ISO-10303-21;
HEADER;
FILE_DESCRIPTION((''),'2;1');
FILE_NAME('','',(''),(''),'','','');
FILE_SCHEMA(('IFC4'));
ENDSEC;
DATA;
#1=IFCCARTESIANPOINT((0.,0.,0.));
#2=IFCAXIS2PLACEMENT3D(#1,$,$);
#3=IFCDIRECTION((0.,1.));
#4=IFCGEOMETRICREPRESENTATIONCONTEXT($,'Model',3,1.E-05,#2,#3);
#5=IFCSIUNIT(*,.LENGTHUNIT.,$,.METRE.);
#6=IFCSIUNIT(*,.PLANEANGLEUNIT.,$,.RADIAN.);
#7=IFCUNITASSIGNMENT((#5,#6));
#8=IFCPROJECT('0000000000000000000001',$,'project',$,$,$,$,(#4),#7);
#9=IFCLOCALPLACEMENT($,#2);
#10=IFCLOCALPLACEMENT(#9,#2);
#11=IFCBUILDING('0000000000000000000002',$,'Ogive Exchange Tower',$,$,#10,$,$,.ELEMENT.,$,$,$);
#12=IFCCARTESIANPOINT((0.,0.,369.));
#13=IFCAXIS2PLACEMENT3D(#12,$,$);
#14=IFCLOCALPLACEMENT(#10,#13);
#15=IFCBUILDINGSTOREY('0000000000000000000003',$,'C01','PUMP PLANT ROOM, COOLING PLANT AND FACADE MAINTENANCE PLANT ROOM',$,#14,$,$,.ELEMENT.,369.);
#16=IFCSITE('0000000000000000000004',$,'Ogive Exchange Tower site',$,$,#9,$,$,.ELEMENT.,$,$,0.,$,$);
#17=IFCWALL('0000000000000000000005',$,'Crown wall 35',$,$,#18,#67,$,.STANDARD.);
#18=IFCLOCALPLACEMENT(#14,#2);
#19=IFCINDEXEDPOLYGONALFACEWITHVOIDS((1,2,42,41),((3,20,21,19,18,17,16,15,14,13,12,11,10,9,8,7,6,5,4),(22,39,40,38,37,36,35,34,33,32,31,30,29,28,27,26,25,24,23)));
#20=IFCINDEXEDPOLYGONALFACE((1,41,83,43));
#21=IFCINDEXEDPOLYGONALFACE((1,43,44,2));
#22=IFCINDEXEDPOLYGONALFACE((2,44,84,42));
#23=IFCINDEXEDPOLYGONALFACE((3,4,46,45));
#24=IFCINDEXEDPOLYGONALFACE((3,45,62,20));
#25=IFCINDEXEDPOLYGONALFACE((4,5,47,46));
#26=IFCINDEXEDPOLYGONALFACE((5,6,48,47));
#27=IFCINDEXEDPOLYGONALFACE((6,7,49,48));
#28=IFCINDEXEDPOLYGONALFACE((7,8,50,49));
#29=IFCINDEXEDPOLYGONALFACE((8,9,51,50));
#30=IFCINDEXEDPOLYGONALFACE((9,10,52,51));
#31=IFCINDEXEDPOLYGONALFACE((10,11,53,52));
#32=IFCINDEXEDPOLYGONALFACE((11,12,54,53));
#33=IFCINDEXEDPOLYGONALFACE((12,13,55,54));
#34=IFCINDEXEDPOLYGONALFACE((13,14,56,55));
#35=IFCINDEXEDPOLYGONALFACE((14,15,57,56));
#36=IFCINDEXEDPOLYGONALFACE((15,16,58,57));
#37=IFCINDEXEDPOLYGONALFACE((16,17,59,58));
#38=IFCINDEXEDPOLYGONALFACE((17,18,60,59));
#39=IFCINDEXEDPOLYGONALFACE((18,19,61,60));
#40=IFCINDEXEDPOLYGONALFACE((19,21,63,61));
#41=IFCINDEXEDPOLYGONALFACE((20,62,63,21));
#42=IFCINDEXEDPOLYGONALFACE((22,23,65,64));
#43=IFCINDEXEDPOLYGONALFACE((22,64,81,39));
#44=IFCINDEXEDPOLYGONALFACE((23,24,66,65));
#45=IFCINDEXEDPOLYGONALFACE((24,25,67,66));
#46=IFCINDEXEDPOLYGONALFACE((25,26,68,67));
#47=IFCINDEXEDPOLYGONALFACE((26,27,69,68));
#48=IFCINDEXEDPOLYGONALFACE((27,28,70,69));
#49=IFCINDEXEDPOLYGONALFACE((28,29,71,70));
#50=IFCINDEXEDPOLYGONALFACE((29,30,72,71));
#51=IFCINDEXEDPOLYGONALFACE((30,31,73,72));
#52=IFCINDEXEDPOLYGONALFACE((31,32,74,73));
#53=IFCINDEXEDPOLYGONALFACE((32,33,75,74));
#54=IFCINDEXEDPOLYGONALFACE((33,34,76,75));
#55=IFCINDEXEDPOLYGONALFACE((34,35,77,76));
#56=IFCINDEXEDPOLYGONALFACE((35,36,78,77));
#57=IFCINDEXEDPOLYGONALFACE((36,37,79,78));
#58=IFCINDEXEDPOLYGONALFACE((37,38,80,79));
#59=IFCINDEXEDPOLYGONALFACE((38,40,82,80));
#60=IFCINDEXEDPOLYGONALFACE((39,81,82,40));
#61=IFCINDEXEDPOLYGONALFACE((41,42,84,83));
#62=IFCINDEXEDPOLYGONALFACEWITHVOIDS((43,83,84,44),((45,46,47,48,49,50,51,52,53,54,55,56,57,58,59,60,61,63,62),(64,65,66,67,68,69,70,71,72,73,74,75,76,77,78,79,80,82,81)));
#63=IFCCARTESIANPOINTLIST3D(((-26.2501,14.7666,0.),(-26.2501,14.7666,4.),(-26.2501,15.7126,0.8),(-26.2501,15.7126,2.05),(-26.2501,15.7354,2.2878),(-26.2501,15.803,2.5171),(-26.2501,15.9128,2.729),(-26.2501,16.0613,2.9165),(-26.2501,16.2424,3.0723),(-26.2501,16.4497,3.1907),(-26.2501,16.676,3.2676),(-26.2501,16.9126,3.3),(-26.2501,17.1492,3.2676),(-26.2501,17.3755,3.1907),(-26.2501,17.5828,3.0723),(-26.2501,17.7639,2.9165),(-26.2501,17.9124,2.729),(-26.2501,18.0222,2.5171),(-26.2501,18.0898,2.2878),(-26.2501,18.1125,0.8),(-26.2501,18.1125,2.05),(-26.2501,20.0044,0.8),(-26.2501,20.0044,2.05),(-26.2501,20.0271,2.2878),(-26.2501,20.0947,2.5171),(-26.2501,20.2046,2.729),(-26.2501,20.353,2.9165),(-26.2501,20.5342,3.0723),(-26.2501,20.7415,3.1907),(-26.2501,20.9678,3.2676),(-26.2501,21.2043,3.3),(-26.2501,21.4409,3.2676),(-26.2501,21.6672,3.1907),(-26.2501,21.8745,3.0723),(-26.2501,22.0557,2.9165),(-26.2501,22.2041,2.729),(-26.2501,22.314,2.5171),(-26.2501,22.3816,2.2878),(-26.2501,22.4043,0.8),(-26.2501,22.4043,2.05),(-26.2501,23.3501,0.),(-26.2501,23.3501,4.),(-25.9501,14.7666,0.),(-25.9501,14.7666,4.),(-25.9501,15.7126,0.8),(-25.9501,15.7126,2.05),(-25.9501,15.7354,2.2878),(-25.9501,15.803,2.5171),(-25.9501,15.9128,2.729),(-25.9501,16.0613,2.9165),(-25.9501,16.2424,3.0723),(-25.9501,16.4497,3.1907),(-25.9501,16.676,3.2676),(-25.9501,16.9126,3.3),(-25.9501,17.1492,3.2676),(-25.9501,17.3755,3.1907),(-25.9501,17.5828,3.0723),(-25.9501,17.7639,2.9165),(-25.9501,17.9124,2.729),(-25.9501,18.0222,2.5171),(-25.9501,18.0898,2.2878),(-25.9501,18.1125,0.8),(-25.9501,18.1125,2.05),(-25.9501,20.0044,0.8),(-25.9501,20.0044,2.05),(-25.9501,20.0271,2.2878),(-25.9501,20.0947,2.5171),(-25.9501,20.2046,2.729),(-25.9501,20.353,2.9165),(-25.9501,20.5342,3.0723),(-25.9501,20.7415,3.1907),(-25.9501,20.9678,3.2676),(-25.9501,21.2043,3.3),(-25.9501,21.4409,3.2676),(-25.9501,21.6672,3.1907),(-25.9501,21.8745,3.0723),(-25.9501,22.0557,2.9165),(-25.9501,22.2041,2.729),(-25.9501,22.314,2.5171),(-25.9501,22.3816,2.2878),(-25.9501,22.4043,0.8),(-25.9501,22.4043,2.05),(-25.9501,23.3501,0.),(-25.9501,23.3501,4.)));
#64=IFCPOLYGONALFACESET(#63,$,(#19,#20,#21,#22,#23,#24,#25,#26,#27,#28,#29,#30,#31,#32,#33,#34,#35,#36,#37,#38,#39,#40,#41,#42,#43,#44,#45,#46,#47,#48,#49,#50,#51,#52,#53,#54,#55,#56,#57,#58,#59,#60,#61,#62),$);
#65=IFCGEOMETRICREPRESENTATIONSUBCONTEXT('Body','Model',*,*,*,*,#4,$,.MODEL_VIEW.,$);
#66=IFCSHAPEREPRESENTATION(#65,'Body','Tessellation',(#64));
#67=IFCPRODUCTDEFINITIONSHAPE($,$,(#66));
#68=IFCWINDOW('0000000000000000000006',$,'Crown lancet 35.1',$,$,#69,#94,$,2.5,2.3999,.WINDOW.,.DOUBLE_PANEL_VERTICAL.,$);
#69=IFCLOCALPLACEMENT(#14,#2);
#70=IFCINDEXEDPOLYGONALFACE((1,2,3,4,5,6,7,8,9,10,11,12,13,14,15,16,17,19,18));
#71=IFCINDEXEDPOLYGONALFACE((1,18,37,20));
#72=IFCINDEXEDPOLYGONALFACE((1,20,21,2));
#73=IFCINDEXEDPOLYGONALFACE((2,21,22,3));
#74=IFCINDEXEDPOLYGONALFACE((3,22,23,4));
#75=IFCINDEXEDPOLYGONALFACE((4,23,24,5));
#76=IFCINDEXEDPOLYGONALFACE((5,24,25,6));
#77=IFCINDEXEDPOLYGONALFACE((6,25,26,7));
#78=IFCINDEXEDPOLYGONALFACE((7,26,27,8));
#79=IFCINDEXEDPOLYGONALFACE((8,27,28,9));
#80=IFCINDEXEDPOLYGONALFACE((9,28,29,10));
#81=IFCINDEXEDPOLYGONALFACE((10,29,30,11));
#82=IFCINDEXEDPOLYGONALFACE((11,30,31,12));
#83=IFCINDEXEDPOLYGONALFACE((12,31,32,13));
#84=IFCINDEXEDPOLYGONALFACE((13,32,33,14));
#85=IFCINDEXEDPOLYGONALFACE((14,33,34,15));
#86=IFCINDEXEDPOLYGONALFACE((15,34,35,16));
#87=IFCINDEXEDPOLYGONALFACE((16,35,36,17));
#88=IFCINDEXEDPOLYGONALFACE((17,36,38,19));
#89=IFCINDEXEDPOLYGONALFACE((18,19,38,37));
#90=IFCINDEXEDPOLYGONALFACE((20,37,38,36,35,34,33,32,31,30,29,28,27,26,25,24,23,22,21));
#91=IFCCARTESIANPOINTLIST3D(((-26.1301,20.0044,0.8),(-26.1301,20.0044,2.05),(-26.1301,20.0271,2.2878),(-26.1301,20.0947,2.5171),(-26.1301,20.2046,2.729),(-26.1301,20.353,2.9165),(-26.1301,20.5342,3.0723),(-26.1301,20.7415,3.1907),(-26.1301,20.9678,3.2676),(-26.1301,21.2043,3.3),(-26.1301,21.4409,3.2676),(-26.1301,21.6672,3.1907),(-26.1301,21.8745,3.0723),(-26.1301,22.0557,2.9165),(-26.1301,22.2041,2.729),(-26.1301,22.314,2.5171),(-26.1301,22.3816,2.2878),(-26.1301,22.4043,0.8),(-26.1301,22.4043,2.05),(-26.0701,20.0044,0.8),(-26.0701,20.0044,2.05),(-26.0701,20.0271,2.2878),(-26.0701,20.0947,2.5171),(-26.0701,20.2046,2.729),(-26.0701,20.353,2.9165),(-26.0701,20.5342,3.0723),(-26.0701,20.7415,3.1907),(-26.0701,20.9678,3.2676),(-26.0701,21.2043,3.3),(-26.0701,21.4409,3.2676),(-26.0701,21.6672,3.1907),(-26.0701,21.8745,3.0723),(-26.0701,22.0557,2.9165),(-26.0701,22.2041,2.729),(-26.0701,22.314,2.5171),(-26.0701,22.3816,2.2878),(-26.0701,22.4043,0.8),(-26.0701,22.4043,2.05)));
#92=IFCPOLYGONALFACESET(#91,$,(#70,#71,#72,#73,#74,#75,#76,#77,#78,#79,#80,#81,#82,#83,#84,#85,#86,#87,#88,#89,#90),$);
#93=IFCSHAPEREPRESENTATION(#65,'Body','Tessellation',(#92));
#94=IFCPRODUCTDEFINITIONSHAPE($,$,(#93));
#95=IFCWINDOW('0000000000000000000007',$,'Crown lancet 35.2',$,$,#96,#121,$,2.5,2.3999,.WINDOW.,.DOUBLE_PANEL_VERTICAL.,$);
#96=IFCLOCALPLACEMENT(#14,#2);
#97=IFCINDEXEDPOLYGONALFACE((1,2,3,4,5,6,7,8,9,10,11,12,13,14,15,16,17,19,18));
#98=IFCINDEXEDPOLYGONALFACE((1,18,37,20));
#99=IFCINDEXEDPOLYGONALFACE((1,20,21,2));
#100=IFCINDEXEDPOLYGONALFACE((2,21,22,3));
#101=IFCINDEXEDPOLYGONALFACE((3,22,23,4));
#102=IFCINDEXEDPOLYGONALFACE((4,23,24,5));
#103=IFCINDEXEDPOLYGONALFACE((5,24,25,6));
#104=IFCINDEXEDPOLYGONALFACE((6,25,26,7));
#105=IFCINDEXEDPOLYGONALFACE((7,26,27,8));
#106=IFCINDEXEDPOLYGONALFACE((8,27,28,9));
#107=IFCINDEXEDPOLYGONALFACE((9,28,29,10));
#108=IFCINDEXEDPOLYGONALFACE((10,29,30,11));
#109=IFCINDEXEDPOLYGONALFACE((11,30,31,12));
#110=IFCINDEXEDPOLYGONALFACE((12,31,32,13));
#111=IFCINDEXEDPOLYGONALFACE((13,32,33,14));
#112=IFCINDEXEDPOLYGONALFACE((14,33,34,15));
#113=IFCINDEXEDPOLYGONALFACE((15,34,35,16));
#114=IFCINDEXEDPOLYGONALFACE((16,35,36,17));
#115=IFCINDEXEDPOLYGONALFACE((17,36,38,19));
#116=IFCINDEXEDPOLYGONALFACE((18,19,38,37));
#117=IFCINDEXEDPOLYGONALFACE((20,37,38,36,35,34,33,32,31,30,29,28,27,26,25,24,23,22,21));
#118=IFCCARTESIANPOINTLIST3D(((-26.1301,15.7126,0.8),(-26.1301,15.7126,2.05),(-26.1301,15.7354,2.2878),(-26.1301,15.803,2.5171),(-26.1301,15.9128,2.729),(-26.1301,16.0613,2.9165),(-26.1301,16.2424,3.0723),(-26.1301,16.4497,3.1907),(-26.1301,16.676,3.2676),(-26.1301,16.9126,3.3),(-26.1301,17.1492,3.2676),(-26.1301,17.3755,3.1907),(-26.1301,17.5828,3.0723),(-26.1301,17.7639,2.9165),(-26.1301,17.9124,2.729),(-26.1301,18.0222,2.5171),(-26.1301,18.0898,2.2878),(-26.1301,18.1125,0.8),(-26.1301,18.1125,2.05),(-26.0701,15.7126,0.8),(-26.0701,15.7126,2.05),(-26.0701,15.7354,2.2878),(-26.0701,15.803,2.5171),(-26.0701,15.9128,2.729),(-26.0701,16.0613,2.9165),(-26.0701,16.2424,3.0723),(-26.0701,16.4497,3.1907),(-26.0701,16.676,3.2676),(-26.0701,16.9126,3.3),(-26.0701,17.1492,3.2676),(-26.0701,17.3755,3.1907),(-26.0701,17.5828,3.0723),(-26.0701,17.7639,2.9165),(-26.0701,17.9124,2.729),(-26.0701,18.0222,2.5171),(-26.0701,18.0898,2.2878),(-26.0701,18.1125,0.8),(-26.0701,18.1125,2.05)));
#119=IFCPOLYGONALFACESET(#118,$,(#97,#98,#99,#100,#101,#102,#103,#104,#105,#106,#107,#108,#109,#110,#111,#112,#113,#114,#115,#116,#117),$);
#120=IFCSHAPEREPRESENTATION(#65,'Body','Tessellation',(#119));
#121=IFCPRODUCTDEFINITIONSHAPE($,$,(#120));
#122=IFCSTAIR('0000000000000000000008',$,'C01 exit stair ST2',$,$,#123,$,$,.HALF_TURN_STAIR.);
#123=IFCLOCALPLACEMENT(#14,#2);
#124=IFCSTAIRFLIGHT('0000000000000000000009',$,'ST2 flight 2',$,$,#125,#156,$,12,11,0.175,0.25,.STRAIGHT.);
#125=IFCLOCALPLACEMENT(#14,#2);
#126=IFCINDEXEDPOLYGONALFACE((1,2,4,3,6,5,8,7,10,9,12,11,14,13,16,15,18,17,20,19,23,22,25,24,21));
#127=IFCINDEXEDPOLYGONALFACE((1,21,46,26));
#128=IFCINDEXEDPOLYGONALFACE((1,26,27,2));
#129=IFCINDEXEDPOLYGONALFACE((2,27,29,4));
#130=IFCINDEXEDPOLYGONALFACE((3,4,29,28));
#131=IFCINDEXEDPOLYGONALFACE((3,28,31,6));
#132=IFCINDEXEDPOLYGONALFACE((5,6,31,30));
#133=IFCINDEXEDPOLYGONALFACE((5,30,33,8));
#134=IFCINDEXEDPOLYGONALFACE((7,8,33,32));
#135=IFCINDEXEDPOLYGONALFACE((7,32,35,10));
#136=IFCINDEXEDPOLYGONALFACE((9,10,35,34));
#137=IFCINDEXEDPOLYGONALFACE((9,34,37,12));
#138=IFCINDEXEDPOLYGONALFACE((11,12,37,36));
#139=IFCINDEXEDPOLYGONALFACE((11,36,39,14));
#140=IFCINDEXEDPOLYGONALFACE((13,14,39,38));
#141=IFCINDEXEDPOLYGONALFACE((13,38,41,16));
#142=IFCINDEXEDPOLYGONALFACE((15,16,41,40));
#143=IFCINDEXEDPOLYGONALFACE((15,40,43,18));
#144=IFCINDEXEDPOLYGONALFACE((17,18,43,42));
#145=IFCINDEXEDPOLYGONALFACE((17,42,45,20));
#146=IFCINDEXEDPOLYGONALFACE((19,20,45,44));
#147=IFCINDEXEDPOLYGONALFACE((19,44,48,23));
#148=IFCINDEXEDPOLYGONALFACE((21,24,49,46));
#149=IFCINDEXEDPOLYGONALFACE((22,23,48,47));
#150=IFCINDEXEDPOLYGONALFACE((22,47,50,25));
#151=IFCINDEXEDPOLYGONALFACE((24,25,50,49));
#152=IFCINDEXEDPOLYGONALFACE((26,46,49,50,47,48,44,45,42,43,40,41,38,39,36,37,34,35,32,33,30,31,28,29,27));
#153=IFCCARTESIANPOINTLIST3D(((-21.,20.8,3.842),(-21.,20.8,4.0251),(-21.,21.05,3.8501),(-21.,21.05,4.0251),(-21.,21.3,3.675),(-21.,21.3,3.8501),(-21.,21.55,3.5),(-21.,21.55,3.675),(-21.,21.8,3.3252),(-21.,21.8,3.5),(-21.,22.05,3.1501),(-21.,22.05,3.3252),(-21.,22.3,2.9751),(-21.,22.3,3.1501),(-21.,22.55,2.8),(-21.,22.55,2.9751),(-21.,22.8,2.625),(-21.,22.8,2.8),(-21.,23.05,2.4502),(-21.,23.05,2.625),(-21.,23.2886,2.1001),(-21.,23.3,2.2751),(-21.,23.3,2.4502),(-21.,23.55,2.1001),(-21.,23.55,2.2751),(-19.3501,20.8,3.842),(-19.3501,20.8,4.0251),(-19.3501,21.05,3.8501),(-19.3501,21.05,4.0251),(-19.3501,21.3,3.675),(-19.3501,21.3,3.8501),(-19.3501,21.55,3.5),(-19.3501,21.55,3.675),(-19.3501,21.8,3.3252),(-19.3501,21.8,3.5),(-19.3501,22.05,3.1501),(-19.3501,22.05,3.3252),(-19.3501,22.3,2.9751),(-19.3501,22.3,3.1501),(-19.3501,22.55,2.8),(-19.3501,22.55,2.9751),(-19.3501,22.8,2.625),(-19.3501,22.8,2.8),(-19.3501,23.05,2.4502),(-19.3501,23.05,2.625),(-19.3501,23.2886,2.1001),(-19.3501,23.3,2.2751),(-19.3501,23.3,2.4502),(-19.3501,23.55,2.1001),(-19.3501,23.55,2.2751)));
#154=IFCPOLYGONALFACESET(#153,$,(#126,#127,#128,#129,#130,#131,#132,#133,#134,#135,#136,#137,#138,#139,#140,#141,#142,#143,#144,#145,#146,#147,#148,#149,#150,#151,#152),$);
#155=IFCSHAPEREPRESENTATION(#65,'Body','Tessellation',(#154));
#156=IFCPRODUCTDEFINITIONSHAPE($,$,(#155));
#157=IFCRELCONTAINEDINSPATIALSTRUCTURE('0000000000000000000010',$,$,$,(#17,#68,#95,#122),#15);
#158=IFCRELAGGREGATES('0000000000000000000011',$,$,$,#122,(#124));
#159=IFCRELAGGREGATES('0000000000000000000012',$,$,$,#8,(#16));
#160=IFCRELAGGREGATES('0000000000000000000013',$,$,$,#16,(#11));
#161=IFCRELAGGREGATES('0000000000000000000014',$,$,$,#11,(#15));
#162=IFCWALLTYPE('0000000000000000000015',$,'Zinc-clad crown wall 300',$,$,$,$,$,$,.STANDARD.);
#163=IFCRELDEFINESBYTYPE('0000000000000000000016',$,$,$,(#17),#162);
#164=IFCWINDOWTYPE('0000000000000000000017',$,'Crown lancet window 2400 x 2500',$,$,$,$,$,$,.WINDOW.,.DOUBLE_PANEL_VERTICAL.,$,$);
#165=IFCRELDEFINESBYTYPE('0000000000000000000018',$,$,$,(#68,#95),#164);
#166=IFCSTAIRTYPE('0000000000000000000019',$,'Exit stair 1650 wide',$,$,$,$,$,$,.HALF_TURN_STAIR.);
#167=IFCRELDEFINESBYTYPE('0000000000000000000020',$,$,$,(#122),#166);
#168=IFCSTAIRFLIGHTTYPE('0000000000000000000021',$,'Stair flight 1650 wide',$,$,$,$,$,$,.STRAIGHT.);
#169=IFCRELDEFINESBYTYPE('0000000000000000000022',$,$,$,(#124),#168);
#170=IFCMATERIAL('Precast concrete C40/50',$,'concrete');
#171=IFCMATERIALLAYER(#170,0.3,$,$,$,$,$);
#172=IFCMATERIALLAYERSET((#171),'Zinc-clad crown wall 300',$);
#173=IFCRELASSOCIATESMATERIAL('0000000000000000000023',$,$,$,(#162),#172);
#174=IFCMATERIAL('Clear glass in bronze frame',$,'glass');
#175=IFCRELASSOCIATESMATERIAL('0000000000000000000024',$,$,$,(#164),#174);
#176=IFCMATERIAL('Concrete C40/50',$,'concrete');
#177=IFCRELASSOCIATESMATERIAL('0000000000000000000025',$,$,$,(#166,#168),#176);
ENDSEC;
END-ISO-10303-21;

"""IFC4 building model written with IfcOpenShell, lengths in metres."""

from ifc_helpers import new_model, si_unit, direction, frame, frame_2d, origin, place, context, subcontext, project, spatial, polyline, rectangle, outline, extrude, material, layer, layer_set, type_object, element, fill, aggregate, save


model = new_model("IFC4")

# Units and contexts
model_context = context("Model", 3, precision=1e-05, world=origin(), true_north=direction((0.0, 1.0)))
body_context = subcontext(model_context, "Body", "Model", "MODEL_VIEW")
ifc_project = project(units=[si_unit("LENGTHUNIT", "METRE"), si_unit("PLANEANGLEUNIT", "RADIAN")], contexts=[model_context])

# Site, building, storey
site_placement = place(None, origin())
site = spatial("IfcSite", under=ifc_project, at=site_placement, Name="Ogive Exchange Tower site", CompositionType="ELEMENT", RefElevation=0.0)
building_placement = place(site_placement, origin())
building = spatial("IfcBuilding", under=site, at=building_placement, Name="Ogive Exchange Tower", CompositionType="ELEMENT")
storey_placement = place(building_placement, frame((0.0, 0.0, 369.0)))
storey = spatial("IfcBuildingStorey", under=building, at=storey_placement, Name="C01", Description="PUMP PLANT ROOM, COOLING PLANT AND FACADE MAINTENANCE PLANT ROOM", CompositionType="ELEMENT", Elevation=369.0)

# Wall, openings, windows
ifc_material_1 = material(Name="Precast concrete C40/50", Category="concrete")
ifc_layer_1 = layer(ifc_material_1, 0.3)
ifc_layer_set_1 = layer_set([ifc_layer_1], Name="Zinc-clad crown wall 300")
wall_type_1 = type_object("IfcWallType", Name="Zinc-clad crown wall 300", PredefinedType="STANDARD", material=ifc_layer_set_1)
ifc_material_2 = material(Name="Clear glass in bronze frame", Category="glass")
window_type = type_object("IfcWindowType", Name="Crown lancet window 2400 x 2500", PartitioningType="DOUBLE_PANEL_VERTICAL", PredefinedType="WINDOW", material=ifc_material_2)
wall_1_placement = place(storey_placement, frame((-26.1001, 23.3501, 0.0), z_axis=(0.0, 0.0, 1.0), x_axis=(0.0, -1.0, 0.0)))
wall_1 = element("IfcWall", 1, at=wall_1_placement, inside=storey, type_object=wall_type_1, Name="Crown wall 35", PredefinedType="STANDARD", context=body_context, shape_type="SweptSolid", body=[
    extrude(rectangle(XDim=8.5835, YDim=0.3, at=frame_2d((4.2917, 0.0))), origin(), (0.0, 0.0, 1.0), 4.0),
])
opening_1_placement = place(wall_1_placement, frame((0.9458, 0.0, 0.8)))
opening_1 = element("IfcOpeningElement", 2, at=opening_1_placement, cuts=wall_1, PredefinedType="OPENING", context=body_context, shape_type="SweptSolid", body=[
    extrude(outline(polyline([(0.0, 0.0), (2.3999, 0.0), (2.3999, 1.25), (2.3772, 1.4878), (2.3096, 1.717), (2.1997, 1.929), (2.0513, 2.1165), (1.8701, 2.2722), (1.6628, 2.3906), (1.4365, 2.4675), (1.2, 2.5), (0.9634, 2.4675), (0.7371, 2.3906), (0.5298, 2.2722), (0.3486, 2.1165), (0.2002, 1.929), (0.0903, 1.717), (0.0227, 1.4878), (0.0, 1.25), (0.0, 0.0)])), frame((0.0, 0.1599, 0.0), z_axis=(0.0, -1.0, 0.0), x_axis=(1.0, 0.0, 0.0)), (0.0, 0.0, 1.0), 0.3201),
])
opening_2_placement = place(wall_1_placement, frame((5.2375, 0.0, 0.8)))
opening_2 = element("IfcOpeningElement", 3, at=opening_2_placement, cuts=wall_1, PredefinedType="OPENING", context=body_context, shape_type="SweptSolid", body=[
    extrude(outline(polyline([(0.0, 0.0), (2.3999, 0.0), (2.3999, 1.25), (2.3772, 1.4878), (2.3096, 1.717), (2.1997, 1.929), (2.0513, 2.1165), (1.8701, 2.2722), (1.6628, 2.3906), (1.4365, 2.4675), (1.2, 2.5), (0.9634, 2.4675), (0.7371, 2.3906), (0.5298, 2.2722), (0.3486, 2.1165), (0.2002, 1.929), (0.0903, 1.717), (0.0227, 1.4878), (0.0, 1.25), (0.0, 0.0)])), frame((0.0, 0.1599, 0.0), z_axis=(0.0, -1.0, 0.0), x_axis=(1.0, 0.0, 0.0)), (0.0, 0.0, 1.0), 0.3201),
])
window_1_placement = place(opening_1_placement, origin())
window_1 = element("IfcWindow", 4, at=window_1_placement, inside=storey, type_object=window_type, Name="Crown lancet 35.1", OverallHeight=2.5, OverallWidth=2.3999, PartitioningType="DOUBLE_PANEL_VERTICAL", PredefinedType="WINDOW", context=body_context, shape_type="SweptSolid", body=[
    extrude(outline(polyline([(0.0, 0.0), (2.3999, 0.0), (2.3999, 1.25), (2.3772, 1.4878), (2.3096, 1.717), (2.1997, 1.929), (2.0513, 2.1165), (1.8701, 2.2722), (1.6628, 2.3906), (1.4365, 2.4675), (1.2, 2.5), (0.9634, 2.4675), (0.7371, 2.3906), (0.5298, 2.2722), (0.3486, 2.1165), (0.2002, 1.929), (0.0903, 1.717), (0.0227, 1.4878), (0.0, 1.25), (0.0, 0.0)])), frame((0.0, 0.03, 0.0), z_axis=(0.0, -1.0, 0.0), x_axis=(1.0, 0.0, 0.0)), (0.0, 0.0, 1.0), 0.0601),
])
fill(opening_1, window_1)
window_2_placement = place(opening_2_placement, origin())
window_2 = element("IfcWindow", 5, at=window_2_placement, inside=storey, type_object=window_type, Name="Crown lancet 35.2", OverallHeight=2.5, OverallWidth=2.3999, PartitioningType="DOUBLE_PANEL_VERTICAL", PredefinedType="WINDOW", context=body_context, shape_type="SweptSolid", body=[
    extrude(outline(polyline([(0.0, 0.0), (2.3999, 0.0), (2.3999, 1.25), (2.3772, 1.4878), (2.3096, 1.717), (2.1997, 1.929), (2.0513, 2.1165), (1.8701, 2.2722), (1.6628, 2.3906), (1.4365, 2.4675), (1.2, 2.5), (0.9634, 2.4675), (0.7371, 2.3906), (0.5298, 2.2722), (0.3486, 2.1165), (0.2002, 1.929), (0.0903, 1.717), (0.0227, 1.4878), (0.0, 1.25), (0.0, 0.0)])), frame((0.0, 0.03, 0.0), z_axis=(0.0, -1.0, 0.0), x_axis=(1.0, 0.0, 0.0)), (0.0, 0.0, 1.0), 0.0601),
])
fill(opening_2, window_2)

# Stair, stair flight
ifc_material_3 = material(Name="Concrete C40/50", Category="concrete")
stair_type = type_object("IfcStairType", Name="Exit stair 1650 wide", PredefinedType="HALF_TURN_STAIR", material=ifc_material_3)
stair_placement = place(storey_placement, origin())
stair = element("IfcStair", 6, at=stair_placement, inside=storey, type_object=stair_type, Name="C01 exit stair ST2", PredefinedType="HALF_TURN_STAIR")
stair_flight_type = type_object("IfcStairFlightType", Name="Stair flight 1650 wide", PredefinedType="STRAIGHT", material=ifc_material_3)
stair_flight_placement = place(storey_placement, frame((-20.175, 23.55, 2.1001), z_axis=(0.0, 0.0, 1.0), x_axis=(0.0, -1.0, 0.0)))
stair_flight = element("IfcStairFlight", 7, at=stair_flight_placement, type_object=stair_flight_type, Name="ST2 flight 2", NumberOfRisers=12, NumberOfTreads=11, PredefinedType="STRAIGHT", RiserHeight=0.175, TreadLength=0.25, context=body_context, shape_type="SweptSolid", body=[
    extrude(outline(polyline([(0.0, 0.0), (0.0, 0.175), (0.25, 0.175), (0.25, 0.3501), (0.5, 0.3501), (0.5, 0.5249), (0.75, 0.5249), (0.75, 0.7), (1.0, 0.7), (1.0, 0.875), (1.25, 0.875), (1.25, 1.05), (1.5, 1.05), (1.5, 1.2251), (1.75, 1.2251), (1.75, 1.3999), (2.0, 1.3999), (2.0, 1.575), (2.25, 1.575), (2.25, 1.75), (2.5, 1.75), (2.5, 1.925), (2.75, 1.925), (2.75, 2.1001), (2.75, 1.7419), (0.2615, 0.0), (0.0, 0.0)])), frame((0.0, 0.825, 0.0), z_axis=(0.0, -1.0, 0.0), x_axis=(1.0, 0.0, 0.0)), (0.0, 0.0, 1.0), 1.6499),
])
aggregate(stair, [stair_flight])

save(model, "model.ifc")
